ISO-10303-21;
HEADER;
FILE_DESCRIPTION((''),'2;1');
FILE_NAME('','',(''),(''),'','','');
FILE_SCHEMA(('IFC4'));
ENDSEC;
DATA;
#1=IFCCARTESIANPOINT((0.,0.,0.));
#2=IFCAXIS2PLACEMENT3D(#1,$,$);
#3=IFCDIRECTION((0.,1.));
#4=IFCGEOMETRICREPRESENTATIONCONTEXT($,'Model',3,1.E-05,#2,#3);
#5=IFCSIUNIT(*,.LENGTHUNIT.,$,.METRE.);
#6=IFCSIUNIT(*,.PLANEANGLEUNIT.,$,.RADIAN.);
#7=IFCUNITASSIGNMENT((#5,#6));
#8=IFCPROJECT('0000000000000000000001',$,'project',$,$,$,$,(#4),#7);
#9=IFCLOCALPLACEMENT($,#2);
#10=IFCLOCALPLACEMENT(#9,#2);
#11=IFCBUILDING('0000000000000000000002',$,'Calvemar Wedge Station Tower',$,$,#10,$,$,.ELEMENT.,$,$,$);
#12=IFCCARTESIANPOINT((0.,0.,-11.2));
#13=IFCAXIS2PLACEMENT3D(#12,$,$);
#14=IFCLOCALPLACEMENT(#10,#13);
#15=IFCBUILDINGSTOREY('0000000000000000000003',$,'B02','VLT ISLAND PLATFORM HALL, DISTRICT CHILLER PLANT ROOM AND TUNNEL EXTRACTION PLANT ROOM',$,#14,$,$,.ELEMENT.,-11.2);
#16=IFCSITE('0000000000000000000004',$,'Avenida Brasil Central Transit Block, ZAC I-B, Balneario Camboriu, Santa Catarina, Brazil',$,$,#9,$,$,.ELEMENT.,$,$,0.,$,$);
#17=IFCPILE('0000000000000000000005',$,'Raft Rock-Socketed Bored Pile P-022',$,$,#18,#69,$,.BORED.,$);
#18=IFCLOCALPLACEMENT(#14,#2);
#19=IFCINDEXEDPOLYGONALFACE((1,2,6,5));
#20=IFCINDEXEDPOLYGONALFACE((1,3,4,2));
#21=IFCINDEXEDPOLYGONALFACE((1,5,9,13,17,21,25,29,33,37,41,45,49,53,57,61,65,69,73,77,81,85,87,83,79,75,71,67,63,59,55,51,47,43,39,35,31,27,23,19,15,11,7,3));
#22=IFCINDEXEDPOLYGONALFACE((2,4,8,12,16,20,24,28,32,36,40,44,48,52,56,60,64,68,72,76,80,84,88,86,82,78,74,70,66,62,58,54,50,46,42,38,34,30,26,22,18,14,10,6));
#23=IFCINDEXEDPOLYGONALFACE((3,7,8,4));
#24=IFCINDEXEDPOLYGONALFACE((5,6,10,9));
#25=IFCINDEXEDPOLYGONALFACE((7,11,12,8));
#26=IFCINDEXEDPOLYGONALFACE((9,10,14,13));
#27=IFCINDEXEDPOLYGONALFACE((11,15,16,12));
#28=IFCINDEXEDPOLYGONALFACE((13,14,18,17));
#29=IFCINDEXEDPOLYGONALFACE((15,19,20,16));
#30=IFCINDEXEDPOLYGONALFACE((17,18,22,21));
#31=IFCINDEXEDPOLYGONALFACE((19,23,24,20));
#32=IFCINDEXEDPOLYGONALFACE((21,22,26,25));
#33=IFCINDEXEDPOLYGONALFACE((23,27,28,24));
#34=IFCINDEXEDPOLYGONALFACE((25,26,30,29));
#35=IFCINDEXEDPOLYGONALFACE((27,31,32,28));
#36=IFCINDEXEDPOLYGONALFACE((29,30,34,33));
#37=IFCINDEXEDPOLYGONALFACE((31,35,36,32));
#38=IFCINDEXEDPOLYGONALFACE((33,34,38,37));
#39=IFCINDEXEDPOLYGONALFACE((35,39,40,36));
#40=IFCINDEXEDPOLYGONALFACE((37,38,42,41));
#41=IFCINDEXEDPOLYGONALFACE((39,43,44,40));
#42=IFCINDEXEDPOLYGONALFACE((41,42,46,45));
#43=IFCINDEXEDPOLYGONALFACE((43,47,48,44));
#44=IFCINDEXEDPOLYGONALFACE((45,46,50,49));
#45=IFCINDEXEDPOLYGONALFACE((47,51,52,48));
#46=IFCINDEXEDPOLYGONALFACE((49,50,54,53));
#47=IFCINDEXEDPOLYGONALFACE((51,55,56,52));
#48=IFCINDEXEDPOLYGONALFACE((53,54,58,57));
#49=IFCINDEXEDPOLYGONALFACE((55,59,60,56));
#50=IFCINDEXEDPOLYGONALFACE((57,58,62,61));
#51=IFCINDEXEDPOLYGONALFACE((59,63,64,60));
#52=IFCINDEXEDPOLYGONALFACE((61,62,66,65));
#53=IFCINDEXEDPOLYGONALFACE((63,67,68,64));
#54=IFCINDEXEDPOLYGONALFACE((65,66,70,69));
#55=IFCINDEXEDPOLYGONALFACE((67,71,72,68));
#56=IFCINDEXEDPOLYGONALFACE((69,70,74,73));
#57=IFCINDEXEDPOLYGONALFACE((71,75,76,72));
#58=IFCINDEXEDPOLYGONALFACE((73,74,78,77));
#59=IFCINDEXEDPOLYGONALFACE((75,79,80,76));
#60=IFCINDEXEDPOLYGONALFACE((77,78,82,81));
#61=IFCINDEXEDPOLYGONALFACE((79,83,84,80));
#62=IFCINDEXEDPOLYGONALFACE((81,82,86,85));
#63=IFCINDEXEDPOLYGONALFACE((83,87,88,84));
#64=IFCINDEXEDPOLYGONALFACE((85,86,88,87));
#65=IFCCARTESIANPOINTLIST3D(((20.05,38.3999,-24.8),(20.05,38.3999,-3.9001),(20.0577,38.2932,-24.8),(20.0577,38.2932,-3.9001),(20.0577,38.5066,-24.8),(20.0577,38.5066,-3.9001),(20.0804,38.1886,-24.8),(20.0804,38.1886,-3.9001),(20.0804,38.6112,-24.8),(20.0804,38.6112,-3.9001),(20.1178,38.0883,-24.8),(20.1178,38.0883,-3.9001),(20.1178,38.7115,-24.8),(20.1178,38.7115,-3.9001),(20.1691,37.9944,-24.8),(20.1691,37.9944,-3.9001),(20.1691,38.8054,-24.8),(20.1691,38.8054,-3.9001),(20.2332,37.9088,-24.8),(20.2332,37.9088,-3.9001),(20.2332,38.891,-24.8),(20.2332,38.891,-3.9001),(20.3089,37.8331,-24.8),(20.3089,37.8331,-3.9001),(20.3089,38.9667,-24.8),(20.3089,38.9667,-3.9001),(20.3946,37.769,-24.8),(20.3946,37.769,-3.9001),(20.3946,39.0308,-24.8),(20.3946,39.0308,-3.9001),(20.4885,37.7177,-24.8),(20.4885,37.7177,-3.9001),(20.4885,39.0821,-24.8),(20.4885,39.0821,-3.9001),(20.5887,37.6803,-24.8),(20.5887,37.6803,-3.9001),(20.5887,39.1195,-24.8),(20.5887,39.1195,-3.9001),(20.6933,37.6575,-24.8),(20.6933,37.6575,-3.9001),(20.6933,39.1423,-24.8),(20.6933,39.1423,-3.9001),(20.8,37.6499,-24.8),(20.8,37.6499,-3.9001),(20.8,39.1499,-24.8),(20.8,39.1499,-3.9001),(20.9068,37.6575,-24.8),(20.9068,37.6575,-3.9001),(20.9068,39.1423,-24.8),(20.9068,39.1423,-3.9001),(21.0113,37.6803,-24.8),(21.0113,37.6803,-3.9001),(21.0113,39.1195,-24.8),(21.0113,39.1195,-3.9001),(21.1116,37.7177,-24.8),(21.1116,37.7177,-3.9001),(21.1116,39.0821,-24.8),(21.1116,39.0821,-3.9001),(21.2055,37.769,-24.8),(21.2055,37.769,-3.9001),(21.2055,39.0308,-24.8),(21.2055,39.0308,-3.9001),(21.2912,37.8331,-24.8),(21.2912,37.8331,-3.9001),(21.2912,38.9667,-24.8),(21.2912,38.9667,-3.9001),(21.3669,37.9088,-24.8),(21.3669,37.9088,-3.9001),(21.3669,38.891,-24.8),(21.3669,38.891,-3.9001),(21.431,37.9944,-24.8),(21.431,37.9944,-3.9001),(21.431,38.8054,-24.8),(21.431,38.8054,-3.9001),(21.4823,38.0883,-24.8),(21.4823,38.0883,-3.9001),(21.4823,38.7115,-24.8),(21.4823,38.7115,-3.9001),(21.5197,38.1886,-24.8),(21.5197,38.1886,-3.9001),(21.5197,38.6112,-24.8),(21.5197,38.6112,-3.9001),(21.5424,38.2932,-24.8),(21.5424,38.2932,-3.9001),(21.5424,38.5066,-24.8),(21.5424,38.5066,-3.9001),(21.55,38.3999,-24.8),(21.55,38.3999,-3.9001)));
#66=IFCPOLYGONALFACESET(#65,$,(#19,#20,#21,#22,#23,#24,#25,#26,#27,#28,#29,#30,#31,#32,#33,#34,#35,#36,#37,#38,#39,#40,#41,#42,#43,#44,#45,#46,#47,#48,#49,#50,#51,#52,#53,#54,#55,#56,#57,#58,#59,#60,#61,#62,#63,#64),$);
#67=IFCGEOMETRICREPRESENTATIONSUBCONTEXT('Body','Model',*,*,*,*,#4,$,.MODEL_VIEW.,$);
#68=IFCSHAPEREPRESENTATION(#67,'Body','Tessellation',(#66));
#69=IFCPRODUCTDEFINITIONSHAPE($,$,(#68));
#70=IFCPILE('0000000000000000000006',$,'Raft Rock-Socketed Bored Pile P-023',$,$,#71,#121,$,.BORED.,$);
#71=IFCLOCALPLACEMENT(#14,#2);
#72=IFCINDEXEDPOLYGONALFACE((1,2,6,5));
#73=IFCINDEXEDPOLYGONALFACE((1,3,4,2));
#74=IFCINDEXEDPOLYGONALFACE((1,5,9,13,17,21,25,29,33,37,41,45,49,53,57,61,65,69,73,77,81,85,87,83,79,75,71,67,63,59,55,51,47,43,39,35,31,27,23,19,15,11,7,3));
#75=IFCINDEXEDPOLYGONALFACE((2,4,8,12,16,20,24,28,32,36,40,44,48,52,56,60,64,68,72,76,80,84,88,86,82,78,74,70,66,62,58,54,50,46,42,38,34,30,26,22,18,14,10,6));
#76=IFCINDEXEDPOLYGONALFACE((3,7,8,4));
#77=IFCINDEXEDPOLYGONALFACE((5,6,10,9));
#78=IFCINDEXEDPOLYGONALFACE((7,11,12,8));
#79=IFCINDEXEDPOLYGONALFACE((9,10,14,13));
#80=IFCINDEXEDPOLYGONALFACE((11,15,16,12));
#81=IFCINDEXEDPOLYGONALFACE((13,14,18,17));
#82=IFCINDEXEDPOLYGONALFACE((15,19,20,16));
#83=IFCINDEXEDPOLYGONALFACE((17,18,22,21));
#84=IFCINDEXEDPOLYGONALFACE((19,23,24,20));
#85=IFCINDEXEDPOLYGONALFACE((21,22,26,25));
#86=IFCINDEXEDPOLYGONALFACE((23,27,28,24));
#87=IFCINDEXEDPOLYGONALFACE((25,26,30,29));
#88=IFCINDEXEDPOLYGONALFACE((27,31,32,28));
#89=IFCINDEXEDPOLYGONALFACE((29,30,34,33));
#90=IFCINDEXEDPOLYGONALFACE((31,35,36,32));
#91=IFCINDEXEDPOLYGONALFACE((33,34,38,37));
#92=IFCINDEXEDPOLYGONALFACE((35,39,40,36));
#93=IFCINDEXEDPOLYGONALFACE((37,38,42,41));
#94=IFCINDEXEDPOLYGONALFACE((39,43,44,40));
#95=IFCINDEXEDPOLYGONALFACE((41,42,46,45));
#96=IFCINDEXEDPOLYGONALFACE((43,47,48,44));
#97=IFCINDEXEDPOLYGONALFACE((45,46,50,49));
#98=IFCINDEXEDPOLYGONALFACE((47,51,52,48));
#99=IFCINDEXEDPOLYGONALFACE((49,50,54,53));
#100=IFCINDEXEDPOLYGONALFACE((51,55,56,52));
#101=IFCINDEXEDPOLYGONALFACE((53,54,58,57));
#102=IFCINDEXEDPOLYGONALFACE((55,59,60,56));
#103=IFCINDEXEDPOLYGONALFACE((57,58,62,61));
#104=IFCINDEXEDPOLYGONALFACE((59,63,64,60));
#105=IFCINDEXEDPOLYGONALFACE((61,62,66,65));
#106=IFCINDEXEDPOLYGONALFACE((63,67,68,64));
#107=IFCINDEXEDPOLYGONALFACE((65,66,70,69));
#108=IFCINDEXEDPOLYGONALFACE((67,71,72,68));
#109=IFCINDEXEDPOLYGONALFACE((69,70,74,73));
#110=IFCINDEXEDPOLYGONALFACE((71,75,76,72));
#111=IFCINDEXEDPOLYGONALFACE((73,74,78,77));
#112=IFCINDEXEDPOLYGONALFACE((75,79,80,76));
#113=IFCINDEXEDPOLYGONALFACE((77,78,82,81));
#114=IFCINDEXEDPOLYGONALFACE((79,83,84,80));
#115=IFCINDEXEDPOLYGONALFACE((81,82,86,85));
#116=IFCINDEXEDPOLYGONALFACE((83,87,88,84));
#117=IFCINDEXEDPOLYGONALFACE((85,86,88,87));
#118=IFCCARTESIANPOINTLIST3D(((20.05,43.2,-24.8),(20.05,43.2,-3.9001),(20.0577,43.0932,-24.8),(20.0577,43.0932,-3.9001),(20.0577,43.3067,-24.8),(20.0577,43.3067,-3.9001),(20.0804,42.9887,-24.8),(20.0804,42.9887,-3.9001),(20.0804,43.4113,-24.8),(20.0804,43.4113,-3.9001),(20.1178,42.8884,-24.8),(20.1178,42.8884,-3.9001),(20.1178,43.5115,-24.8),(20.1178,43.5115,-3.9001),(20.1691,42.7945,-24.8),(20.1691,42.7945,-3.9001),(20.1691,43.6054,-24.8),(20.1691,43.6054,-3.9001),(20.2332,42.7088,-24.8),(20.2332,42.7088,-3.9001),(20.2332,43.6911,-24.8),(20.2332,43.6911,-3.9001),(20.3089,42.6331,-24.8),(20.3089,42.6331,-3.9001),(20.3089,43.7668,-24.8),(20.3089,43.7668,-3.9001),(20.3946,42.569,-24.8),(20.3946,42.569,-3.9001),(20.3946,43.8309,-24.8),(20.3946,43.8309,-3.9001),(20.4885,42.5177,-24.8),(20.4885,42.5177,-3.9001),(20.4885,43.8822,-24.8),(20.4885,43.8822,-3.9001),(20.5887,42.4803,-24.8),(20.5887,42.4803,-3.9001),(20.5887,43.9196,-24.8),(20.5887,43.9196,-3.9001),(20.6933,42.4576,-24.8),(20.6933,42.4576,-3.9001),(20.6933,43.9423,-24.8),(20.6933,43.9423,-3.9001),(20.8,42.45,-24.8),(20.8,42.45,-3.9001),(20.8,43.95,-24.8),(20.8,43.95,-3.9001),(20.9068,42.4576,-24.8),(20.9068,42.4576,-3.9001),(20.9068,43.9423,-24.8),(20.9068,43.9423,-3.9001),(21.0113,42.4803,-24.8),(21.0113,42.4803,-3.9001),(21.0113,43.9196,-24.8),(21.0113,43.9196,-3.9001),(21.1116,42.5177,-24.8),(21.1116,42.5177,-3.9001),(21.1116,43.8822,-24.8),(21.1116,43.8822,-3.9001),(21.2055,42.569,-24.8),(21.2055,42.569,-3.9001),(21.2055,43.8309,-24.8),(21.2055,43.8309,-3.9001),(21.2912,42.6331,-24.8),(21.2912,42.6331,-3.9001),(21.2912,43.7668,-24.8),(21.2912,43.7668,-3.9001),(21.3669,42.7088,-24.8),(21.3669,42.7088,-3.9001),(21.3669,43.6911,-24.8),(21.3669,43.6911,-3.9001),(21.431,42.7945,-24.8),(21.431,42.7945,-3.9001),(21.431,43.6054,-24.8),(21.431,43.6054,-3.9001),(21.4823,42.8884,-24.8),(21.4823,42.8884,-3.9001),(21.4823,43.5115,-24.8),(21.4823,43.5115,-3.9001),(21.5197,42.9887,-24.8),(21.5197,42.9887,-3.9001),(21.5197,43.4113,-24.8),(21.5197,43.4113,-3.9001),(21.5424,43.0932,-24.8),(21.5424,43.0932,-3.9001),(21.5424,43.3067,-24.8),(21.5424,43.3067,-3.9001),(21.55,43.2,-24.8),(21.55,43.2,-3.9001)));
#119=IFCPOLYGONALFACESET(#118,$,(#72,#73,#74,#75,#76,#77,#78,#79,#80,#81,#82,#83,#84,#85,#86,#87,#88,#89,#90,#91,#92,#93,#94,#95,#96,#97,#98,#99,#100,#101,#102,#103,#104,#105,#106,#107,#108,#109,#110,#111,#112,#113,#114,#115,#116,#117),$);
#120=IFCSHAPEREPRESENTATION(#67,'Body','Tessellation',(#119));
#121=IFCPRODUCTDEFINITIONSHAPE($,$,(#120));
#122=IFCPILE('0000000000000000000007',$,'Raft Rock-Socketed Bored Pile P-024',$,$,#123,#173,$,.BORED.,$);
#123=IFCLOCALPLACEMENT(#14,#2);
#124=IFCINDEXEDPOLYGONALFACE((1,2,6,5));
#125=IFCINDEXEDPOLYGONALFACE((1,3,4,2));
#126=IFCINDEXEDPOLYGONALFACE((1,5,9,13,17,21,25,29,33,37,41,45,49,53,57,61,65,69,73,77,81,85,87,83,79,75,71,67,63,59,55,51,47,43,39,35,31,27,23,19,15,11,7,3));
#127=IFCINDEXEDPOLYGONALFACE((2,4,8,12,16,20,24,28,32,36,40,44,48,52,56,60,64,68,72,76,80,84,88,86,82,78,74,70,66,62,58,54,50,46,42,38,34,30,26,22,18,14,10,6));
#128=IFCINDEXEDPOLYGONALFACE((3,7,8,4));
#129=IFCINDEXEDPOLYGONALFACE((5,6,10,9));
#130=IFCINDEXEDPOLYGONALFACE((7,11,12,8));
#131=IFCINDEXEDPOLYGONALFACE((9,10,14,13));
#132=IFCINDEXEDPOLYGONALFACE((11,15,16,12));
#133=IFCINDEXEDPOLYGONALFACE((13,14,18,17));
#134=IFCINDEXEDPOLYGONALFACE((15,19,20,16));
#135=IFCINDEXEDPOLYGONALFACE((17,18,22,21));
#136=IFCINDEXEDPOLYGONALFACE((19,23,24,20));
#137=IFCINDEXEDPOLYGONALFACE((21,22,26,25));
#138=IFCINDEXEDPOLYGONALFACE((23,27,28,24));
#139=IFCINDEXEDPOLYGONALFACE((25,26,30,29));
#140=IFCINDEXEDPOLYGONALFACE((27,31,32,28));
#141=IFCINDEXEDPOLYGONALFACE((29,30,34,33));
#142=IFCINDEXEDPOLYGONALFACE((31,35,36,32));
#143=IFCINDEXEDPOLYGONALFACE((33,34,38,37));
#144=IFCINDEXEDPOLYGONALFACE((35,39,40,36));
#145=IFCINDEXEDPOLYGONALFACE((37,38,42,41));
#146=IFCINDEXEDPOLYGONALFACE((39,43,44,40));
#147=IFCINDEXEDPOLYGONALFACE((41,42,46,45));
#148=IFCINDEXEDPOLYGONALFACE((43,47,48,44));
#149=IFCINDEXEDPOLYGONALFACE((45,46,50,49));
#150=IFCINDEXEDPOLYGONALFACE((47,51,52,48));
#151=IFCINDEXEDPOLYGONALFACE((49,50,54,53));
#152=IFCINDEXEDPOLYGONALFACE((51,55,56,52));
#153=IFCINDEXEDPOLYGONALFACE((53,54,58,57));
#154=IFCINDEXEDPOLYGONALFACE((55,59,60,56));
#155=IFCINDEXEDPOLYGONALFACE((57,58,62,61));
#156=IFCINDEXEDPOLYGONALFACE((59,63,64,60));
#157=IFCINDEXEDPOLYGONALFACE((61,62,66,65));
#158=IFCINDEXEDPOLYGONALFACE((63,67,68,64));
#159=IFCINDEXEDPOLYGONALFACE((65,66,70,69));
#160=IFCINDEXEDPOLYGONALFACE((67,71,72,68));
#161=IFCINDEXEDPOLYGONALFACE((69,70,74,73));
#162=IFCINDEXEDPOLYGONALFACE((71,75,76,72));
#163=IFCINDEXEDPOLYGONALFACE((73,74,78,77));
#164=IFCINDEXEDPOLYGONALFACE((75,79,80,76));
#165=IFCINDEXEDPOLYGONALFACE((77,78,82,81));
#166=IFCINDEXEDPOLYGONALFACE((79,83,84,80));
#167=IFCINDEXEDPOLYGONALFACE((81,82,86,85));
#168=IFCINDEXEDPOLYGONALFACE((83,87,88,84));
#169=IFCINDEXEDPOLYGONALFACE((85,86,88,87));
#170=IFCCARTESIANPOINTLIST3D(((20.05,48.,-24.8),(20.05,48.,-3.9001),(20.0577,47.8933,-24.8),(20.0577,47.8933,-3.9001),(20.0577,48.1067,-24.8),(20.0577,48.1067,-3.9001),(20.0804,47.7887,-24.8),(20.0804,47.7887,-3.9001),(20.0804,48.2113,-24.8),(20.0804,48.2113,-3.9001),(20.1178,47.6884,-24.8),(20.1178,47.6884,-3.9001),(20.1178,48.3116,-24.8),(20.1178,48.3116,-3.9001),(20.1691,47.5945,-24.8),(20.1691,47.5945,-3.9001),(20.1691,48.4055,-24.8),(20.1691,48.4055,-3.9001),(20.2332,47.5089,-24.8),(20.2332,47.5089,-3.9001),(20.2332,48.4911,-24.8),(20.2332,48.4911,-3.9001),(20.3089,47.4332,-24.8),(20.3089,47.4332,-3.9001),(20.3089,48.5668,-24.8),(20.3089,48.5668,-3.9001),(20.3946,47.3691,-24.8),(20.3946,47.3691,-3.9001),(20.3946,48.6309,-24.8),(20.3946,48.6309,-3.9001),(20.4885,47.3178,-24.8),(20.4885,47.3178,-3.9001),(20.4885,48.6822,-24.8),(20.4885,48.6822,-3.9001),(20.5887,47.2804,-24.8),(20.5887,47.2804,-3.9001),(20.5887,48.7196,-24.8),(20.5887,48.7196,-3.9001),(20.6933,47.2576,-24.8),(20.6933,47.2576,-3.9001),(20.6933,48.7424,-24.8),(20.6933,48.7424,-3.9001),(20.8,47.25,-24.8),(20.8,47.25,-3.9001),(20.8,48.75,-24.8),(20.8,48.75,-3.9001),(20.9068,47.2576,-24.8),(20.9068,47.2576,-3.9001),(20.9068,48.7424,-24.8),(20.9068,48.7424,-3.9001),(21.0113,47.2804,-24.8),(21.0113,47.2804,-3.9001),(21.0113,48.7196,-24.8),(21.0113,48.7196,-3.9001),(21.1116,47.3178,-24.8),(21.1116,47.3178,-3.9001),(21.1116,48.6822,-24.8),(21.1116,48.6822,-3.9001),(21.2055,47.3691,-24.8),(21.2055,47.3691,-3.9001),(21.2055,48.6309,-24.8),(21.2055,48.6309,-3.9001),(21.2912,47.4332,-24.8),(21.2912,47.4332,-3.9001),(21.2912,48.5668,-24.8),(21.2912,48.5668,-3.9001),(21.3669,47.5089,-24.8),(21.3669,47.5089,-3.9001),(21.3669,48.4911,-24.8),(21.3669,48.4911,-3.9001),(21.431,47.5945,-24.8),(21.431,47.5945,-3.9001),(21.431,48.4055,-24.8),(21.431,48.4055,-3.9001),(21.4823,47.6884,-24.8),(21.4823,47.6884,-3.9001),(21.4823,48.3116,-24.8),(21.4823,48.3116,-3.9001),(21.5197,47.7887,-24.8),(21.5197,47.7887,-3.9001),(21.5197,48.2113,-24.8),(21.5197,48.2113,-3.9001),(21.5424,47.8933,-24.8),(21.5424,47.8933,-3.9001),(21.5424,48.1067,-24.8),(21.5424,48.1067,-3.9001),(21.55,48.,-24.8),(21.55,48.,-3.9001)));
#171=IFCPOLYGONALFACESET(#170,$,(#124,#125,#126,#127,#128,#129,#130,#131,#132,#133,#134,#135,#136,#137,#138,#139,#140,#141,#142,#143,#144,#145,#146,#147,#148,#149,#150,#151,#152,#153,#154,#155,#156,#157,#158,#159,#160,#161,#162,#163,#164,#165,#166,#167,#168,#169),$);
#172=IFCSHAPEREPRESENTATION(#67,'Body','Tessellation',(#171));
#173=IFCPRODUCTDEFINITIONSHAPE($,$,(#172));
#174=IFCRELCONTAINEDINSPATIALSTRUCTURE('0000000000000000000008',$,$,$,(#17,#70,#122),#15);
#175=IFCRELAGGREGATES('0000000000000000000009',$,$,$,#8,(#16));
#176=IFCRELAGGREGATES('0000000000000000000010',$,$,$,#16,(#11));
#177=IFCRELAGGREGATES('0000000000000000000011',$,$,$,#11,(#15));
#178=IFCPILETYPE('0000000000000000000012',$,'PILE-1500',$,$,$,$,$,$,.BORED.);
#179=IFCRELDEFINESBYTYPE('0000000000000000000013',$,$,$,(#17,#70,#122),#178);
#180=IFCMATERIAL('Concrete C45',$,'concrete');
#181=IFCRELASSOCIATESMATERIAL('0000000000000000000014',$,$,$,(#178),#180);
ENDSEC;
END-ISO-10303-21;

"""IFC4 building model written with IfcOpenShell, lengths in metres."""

from ifc_helpers import new_model, si_unit, direction, frame, origin, origin_2d, place, context, subcontext, project, spatial, circle, extrude, material, material_profile, profile_set, type_object, element, save


model = new_model("IFC4")

# Units and contexts
model_context = context("Model", 3, precision=1e-05, world=origin(), true_north=direction((0.0, 1.0)))
body_context = subcontext(model_context, "Body", "Model", "MODEL_VIEW")
ifc_project = project(units=[si_unit("LENGTHUNIT", "METRE"), si_unit("PLANEANGLEUNIT", "RADIAN")], contexts=[model_context])

# Site, building, storey
site_placement = place(None, origin())
site = spatial("IfcSite", under=ifc_project, at=site_placement, Name="Avenida Brasil Central Transit Block, ZAC I-B, Balneario Camboriu, Santa Catarina, Brazil", CompositionType="ELEMENT", RefElevation=0.0)
building_placement = place(site_placement, origin())
building = spatial("IfcBuilding", under=site, at=building_placement, Name="Calvemar Wedge Station Tower", CompositionType="ELEMENT")
storey_placement = place(building_placement, frame((0.0, 0.0, -11.2)))
storey = spatial("IfcBuildingStorey", under=building, at=storey_placement, Name="B02", Description="VLT ISLAND PLATFORM HALL, DISTRICT CHILLER PLANT ROOM AND TUNNEL EXTRACTION PLANT ROOM", CompositionType="ELEMENT", Elevation=-11.2)

# Piles
ifc_material_1 = material(Name="Concrete C45", Category="concrete")
ifc_material_profile_1 = material_profile(ifc_material_1, circle(Radius=0.75, at=origin_2d()), Name="PILE-D1500")
ifc_profile_set_1 = profile_set([ifc_material_profile_1], Name="Concrete C45")
pile_type = type_object("IfcPileType", Name="PILE-1500", PredefinedType="BORED", material=ifc_profile_set_1)
for number, where, z_axis, x_axis, name in (
    (1, (20.8, 38.3999, -3.9001), (0.0, 0.0, -1.0), (1.0, 0.0, 0.0), "Raft Rock-Socketed Bored Pile P-022"),
    (2, (20.8, 43.2, -3.9001), (0.0, 0.0, -1.0), (1.0, 0.0, 0.0), "Raft Rock-Socketed Bored Pile P-023"),
    (3, (20.8, 48.0, -3.9001), (0.0, 0.0, -1.0), (1.0, 0.0, 0.0), "Raft Rock-Socketed Bored Pile P-024"),
):
    element("IfcPile", number, at=place(storey_placement, frame(where, z_axis=z_axis, x_axis=x_axis)), inside=storey, type_object=pile_type, Name=name, PredefinedType="BORED", context=body_context, shape_type="SweptSolid", body=[
        extrude(circle(Radius=0.75, at=origin_2d()), origin(), (0.0, 0.0, 1.0), 20.8999),
    ])

save(model, "model.ifc")
